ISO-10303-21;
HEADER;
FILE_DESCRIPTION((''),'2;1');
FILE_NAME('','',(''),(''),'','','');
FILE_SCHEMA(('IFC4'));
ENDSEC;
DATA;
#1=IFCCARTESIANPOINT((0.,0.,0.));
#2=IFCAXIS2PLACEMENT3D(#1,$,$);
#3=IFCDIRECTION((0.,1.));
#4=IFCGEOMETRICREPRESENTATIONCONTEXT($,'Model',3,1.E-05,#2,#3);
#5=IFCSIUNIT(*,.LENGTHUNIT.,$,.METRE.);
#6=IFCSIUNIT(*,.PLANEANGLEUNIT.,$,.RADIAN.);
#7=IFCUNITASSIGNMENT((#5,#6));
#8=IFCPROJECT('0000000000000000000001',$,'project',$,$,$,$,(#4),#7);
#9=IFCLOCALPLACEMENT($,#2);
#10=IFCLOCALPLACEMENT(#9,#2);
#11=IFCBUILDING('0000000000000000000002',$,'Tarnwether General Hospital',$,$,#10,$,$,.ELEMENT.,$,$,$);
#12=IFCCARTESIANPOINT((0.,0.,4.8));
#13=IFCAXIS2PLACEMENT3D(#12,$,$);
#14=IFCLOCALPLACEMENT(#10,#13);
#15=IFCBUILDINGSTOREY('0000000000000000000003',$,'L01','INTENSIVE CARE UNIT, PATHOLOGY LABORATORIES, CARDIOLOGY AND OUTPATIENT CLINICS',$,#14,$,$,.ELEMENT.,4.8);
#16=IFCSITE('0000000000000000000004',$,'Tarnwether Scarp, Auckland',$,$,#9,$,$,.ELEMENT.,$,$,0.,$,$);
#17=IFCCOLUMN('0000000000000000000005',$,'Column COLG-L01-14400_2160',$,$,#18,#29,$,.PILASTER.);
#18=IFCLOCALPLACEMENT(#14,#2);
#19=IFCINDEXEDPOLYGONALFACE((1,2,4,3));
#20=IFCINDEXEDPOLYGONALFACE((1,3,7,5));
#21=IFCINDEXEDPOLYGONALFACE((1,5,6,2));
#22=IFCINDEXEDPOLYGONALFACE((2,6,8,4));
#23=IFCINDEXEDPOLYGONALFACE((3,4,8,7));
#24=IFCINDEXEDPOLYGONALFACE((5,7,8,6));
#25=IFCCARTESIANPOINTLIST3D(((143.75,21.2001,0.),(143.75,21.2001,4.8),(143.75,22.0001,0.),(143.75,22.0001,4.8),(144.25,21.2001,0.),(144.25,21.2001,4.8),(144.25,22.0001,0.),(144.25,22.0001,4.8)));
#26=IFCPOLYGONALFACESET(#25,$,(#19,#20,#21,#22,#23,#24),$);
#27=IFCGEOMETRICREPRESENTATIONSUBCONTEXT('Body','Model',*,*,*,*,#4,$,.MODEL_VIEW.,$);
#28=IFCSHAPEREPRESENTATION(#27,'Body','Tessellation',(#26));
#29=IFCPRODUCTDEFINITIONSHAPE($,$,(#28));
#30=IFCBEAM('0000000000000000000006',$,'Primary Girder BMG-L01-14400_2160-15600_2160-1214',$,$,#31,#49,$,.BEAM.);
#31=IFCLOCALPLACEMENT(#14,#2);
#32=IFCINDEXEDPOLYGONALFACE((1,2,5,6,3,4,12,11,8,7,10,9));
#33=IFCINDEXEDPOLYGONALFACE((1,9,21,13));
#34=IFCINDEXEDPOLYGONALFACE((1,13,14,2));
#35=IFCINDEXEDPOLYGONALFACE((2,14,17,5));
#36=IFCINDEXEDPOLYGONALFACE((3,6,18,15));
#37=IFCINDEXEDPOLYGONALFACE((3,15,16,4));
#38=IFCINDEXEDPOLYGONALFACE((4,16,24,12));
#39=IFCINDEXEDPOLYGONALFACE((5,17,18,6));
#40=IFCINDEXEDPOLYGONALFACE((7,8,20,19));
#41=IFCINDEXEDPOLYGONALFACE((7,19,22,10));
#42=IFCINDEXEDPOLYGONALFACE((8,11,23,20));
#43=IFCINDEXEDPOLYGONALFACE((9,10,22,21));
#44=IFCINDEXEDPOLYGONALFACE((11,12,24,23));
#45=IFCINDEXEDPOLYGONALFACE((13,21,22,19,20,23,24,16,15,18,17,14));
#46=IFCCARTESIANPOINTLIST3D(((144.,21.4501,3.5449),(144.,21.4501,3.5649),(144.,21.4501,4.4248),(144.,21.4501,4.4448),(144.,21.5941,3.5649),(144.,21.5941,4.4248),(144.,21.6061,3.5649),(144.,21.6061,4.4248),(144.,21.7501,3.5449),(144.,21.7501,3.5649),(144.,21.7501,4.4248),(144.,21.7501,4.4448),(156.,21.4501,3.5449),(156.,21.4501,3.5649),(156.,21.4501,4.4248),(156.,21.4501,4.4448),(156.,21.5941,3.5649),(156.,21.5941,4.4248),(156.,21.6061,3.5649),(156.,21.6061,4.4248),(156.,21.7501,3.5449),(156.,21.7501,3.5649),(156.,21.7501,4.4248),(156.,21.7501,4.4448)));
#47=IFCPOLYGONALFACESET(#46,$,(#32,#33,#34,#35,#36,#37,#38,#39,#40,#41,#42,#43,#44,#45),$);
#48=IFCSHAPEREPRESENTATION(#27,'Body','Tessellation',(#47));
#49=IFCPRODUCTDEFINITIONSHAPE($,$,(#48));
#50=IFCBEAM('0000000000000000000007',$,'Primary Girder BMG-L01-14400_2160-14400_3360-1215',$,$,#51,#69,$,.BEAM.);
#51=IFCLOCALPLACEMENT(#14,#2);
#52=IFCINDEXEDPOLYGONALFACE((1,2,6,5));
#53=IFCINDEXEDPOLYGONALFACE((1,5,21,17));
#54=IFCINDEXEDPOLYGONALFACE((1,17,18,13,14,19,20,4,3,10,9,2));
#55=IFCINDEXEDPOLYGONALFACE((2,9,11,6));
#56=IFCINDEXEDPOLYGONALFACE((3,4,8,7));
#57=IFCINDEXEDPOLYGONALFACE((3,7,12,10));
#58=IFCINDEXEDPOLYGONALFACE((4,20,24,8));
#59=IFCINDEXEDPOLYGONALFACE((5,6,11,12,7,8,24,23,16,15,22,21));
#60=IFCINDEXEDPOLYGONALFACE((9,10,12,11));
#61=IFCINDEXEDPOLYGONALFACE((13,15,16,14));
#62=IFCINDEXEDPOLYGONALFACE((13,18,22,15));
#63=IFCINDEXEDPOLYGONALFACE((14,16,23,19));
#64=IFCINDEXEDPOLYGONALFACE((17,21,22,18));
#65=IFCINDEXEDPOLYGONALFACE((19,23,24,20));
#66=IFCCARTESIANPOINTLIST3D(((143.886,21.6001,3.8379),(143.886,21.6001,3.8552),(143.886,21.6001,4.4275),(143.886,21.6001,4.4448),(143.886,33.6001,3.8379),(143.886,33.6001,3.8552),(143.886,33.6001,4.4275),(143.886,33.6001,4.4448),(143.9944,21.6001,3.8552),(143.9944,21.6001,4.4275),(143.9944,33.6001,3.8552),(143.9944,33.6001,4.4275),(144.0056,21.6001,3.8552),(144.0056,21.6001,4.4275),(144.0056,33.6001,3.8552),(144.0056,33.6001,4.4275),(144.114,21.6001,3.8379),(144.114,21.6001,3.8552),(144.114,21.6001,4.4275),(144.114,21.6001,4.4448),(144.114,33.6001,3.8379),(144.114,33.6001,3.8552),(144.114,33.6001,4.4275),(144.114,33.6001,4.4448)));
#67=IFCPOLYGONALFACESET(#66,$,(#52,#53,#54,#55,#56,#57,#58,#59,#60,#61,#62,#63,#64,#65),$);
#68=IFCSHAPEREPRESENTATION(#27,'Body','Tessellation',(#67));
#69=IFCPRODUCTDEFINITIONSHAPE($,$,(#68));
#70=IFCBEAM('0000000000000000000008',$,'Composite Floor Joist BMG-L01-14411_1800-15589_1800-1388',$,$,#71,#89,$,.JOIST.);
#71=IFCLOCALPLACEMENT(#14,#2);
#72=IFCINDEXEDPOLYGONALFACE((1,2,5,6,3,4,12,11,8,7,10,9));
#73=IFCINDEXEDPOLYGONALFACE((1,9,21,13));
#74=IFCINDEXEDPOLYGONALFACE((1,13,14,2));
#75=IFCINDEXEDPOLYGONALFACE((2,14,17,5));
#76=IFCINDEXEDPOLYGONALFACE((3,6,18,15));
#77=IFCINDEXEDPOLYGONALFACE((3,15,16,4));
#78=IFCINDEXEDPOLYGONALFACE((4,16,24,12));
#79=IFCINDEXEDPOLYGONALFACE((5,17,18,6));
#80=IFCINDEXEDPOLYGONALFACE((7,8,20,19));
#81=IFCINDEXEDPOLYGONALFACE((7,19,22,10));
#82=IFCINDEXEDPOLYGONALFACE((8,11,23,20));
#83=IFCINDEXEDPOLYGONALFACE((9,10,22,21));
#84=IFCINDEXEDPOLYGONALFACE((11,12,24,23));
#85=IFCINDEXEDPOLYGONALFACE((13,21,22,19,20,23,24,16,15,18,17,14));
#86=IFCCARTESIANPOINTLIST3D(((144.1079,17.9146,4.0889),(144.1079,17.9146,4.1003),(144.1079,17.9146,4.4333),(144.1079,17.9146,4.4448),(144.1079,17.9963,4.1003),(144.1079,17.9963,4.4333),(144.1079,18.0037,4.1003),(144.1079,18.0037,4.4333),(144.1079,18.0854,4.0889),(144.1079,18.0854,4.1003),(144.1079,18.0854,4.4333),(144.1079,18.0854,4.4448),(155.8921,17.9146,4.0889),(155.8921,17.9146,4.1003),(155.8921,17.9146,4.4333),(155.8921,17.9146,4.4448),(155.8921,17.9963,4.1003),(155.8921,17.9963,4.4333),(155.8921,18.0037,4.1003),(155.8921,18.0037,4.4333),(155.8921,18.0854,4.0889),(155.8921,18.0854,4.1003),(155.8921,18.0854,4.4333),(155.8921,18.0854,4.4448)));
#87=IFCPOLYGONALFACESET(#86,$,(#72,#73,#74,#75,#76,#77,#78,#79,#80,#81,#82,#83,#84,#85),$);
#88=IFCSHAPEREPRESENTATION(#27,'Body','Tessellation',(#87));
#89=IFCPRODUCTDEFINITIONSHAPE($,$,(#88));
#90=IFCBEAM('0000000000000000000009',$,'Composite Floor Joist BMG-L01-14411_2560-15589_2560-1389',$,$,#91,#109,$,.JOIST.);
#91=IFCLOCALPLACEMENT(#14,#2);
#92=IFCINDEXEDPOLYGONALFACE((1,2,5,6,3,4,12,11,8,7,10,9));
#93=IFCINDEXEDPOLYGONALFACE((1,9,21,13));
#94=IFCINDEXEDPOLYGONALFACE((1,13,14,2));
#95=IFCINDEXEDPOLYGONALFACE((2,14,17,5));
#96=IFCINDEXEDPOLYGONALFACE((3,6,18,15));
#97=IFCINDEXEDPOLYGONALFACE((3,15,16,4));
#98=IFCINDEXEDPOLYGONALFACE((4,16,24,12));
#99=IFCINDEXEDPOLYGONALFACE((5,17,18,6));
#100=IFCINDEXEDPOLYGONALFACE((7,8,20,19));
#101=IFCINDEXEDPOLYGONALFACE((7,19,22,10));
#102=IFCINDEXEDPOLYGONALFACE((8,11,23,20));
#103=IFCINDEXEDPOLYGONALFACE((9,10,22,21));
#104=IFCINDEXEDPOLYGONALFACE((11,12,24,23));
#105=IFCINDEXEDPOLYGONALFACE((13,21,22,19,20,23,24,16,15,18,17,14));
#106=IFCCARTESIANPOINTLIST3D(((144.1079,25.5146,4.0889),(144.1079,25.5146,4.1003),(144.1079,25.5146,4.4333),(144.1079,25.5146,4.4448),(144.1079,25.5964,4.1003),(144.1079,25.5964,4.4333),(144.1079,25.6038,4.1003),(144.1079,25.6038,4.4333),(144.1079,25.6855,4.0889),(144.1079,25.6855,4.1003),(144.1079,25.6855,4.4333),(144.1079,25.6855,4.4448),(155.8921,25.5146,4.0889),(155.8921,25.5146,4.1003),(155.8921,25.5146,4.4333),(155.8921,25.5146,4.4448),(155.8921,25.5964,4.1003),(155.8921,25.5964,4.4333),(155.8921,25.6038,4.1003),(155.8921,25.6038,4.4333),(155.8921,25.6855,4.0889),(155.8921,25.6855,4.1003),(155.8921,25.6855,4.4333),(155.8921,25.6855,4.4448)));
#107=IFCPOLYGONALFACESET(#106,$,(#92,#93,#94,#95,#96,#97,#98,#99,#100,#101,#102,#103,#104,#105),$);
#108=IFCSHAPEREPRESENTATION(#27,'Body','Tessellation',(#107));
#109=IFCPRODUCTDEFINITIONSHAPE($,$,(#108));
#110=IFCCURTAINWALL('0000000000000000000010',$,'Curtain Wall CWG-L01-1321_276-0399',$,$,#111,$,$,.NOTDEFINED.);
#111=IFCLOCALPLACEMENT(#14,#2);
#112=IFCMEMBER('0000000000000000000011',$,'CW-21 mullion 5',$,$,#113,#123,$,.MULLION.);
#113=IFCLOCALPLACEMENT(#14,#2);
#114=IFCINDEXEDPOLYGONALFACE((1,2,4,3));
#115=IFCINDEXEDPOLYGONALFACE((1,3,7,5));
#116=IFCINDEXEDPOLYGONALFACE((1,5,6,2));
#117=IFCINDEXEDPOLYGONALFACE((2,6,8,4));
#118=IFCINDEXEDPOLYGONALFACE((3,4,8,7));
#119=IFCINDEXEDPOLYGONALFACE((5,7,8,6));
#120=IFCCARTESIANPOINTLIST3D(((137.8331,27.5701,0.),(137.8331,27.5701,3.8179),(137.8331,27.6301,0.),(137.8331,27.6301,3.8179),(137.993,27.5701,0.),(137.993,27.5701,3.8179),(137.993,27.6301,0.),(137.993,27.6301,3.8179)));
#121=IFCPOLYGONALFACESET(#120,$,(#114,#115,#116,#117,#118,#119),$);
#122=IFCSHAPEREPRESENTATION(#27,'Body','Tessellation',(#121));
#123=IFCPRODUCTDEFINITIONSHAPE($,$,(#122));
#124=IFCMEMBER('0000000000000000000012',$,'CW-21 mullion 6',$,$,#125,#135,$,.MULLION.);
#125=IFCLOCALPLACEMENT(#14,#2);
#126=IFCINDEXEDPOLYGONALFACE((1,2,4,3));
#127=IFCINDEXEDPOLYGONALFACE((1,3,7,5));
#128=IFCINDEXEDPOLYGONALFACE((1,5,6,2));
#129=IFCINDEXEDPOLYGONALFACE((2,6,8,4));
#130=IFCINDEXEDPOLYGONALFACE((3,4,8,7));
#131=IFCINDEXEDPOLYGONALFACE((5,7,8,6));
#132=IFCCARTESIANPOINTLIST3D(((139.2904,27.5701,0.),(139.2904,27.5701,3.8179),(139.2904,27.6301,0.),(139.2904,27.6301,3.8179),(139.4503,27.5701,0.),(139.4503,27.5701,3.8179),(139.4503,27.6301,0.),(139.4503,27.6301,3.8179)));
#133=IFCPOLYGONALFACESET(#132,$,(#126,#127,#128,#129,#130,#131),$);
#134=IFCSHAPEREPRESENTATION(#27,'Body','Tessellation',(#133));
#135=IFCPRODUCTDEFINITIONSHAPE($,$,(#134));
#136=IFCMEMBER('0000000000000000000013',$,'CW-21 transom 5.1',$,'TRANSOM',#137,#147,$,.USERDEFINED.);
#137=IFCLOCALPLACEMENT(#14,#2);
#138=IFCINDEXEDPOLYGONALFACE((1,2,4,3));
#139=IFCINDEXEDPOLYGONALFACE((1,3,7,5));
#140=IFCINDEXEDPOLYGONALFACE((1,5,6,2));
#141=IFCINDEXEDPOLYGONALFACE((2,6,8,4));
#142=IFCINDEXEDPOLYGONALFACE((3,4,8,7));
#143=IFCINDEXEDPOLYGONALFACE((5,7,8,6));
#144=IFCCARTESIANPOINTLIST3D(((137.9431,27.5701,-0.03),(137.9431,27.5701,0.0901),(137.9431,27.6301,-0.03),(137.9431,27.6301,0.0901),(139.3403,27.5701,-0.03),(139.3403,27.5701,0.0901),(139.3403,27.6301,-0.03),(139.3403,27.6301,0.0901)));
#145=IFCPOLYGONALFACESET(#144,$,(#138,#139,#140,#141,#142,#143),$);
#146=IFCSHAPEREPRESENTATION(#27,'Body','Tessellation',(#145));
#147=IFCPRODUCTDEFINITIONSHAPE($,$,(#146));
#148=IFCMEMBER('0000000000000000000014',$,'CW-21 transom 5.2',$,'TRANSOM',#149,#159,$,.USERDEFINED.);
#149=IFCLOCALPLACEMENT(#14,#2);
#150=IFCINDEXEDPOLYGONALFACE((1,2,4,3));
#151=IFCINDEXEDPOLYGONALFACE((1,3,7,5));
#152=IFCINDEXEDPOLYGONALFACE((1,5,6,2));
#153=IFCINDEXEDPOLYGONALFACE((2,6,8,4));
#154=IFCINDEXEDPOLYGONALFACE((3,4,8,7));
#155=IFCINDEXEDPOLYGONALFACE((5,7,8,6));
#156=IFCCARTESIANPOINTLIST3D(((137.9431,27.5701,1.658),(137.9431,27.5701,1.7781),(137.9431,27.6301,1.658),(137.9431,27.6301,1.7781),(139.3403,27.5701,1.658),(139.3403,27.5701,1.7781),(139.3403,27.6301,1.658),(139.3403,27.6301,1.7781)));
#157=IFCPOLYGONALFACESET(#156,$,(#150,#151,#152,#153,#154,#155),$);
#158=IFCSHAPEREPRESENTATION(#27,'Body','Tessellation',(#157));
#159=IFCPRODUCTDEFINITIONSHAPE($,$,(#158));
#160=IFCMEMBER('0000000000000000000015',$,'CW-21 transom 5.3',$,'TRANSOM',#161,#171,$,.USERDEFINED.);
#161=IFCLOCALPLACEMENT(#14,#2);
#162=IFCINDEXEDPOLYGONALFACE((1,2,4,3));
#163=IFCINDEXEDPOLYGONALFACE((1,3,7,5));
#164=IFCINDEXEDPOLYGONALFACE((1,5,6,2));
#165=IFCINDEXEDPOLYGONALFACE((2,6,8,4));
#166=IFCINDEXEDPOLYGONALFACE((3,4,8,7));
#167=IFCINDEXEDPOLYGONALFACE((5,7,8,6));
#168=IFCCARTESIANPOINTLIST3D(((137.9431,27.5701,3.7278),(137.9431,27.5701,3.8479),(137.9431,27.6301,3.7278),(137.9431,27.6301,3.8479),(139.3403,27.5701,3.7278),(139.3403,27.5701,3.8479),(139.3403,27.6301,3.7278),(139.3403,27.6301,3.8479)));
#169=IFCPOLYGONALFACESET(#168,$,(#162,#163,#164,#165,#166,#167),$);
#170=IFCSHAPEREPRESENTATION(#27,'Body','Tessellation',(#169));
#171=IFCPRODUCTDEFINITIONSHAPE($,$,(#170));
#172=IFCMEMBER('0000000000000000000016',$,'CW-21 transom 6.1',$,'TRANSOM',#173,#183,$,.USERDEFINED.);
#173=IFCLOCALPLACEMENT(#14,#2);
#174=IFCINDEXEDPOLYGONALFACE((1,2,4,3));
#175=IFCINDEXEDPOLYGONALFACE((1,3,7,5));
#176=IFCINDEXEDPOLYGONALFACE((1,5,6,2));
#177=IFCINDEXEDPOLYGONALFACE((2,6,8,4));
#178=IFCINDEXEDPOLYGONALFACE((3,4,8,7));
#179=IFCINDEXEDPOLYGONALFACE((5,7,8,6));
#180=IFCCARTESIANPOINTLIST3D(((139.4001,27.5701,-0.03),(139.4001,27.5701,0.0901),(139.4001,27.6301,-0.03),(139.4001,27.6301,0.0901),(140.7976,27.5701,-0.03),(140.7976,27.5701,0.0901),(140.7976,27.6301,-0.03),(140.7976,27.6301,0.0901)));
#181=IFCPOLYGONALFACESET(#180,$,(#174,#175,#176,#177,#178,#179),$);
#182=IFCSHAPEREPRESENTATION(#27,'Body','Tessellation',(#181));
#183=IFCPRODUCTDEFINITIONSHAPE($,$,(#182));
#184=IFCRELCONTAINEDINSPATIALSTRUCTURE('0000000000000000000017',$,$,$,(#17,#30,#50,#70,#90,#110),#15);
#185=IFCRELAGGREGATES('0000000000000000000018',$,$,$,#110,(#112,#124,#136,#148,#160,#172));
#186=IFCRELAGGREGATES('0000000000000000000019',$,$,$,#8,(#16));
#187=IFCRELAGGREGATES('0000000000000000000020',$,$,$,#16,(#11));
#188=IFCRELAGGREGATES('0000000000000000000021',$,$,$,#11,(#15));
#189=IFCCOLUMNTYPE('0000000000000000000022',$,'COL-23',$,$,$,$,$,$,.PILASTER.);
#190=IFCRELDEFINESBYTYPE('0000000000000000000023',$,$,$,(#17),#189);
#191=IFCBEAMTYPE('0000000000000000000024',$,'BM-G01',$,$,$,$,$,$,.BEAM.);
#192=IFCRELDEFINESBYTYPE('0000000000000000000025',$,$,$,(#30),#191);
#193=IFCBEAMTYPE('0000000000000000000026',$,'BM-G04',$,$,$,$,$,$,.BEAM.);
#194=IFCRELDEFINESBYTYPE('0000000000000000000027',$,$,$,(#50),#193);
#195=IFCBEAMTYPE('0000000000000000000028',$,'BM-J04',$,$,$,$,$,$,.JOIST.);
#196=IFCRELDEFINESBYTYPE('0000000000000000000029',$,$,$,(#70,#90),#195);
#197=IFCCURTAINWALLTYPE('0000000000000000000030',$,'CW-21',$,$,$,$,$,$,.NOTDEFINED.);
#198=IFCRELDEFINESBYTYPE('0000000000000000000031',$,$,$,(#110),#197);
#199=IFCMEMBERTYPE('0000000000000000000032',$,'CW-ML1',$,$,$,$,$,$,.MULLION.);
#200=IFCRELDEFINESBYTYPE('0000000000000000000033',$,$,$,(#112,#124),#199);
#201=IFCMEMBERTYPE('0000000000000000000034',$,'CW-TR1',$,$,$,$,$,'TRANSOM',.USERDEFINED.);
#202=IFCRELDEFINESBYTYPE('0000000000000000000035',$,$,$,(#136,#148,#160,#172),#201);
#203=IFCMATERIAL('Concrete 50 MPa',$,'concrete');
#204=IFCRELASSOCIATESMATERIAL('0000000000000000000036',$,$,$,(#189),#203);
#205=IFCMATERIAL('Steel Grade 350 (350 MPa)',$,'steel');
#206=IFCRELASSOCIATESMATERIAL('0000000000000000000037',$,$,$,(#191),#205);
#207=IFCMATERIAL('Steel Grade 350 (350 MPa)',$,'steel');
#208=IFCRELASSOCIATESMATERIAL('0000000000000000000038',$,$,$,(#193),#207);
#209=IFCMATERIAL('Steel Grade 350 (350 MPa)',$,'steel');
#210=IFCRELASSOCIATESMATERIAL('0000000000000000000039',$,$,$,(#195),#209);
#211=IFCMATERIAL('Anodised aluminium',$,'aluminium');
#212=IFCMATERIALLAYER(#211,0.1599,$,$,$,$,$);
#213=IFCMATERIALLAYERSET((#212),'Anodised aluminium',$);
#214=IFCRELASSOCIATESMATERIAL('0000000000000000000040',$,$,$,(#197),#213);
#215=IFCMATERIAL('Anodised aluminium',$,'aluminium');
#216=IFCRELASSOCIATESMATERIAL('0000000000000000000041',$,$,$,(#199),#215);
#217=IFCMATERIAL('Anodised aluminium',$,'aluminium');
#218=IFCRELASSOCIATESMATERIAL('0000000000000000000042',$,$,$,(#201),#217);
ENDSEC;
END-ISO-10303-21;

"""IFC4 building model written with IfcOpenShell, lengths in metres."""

from ifc_helpers import new_model, si_unit, direction, frame, origin, origin_2d, place, context, subcontext, project, spatial, rectangle, i_section, extrude, material, layer, layer_set, material_profile, profile_set, type_object, element, aggregate, save


model = new_model("IFC4")

# Units and contexts
model_context = context("Model", 3, precision=1e-05, world=origin(), true_north=direction((0.0, 1.0)))
body_context = subcontext(model_context, "Body", "Model", "MODEL_VIEW")
ifc_project = project(units=[si_unit("LENGTHUNIT", "METRE"), si_unit("PLANEANGLEUNIT", "RADIAN")], contexts=[model_context])

# Site, building, storey
site_placement = place(None, origin())
site = spatial("IfcSite", under=ifc_project, at=site_placement, Name="Tarnwether Scarp, Auckland", CompositionType="ELEMENT", RefElevation=0.0)
building_placement = place(site_placement, origin())
building = spatial("IfcBuilding", under=site, at=building_placement, Name="Tarnwether General Hospital", CompositionType="ELEMENT")
storey_placement = place(building_placement, frame((0.0, 0.0, 4.8)))
storey = spatial("IfcBuildingStorey", under=building, at=storey_placement, Name="L01", Description="INTENSIVE CARE UNIT, PATHOLOGY LABORATORIES, CARDIOLOGY AND OUTPATIENT CLINICS", CompositionType="ELEMENT", Elevation=4.8)

# Column
ifc_material_1 = material(Name="Concrete 50 MPa", Category="concrete")
ifc_material_profile_1 = material_profile(ifc_material_1, rectangle(XDim=0.5, YDim=0.8, at=origin_2d()), Name="RC-PIL-500x800")
ifc_profile_set_1 = profile_set([ifc_material_profile_1], Name="Concrete 50 MPa")
column_type = type_object("IfcColumnType", Name="COL-23", PredefinedType="PILASTER", material=ifc_profile_set_1)
column_placement = place(storey_placement, frame((144.0, 21.6001, 0.0), z_axis=(0.0, 0.0, 1.0), x_axis=(1.0, 0.0, 0.0)))
element("IfcColumn", 1, at=column_placement, inside=storey, type_object=column_type, Name="Column COLG-L01-14400_2160", PredefinedType="PILASTER", context=body_context, shape_type="SweptSolid", body=[
    extrude(rectangle(XDim=0.5, YDim=0.8, at=origin_2d()), origin(), (0.0, 0.0, 1.0), 4.8),
])

# Beams
ifc_material_2 = material(Name="Steel Grade 350 (350 MPa)", Category="steel")
ifc_material_profile_2 = material_profile(ifc_material_2, i_section(OverallWidth=0.3, OverallDepth=0.8999, WebThickness=0.012, FlangeThickness=0.02, at=origin_2d()), Name="900WB175")
ifc_profile_set_2 = profile_set([ifc_material_profile_2], Name="Steel Grade 350 (350 MPa)")
beam_type_1 = type_object("IfcBeamType", Name="BM-G01", PredefinedType="BEAM", material=ifc_profile_set_2)
beam_1_placement = place(storey_placement, frame((144.0, 21.6001, 3.9949), z_axis=(1.0, 0.0, 0.0), x_axis=(0.0, 1.0, 0.0)))
element("IfcBeam", 2, at=beam_1_placement, inside=storey, type_object=beam_type_1, Name="Primary Girder BMG-L01-14400_2160-15600_2160-1214", PredefinedType="BEAM", context=body_context, shape_type="SweptSolid", body=[
    extrude(i_section(OverallWidth=0.3, OverallDepth=0.8999, WebThickness=0.012, FlangeThickness=0.02, at=origin_2d()), origin(), (0.0, 0.0, 1.0), 12.0),
])
ifc_material_3 = material(Name="Steel Grade 350 (350 MPa)", Category="steel")
ifc_material_profile_3 = material_profile(ifc_material_3, i_section(OverallWidth=0.228, OverallDepth=0.6069, WebThickness=0.0112, FlangeThickness=0.0173, at=origin_2d()), Name="610UB113")
ifc_profile_set_3 = profile_set([ifc_material_profile_3], Name="Steel Grade 350 (350 MPa)")
beam_type_2 = type_object("IfcBeamType", Name="BM-G04", PredefinedType="BEAM", material=ifc_profile_set_3)
beam_2_placement = place(storey_placement, frame((144.0, 21.6001, 4.1414), z_axis=(0.0, 1.0, 0.0), x_axis=(-1.0, 0.0, 0.0)))
element("IfcBeam", 3, at=beam_2_placement, inside=storey, type_object=beam_type_2, Name="Primary Girder BMG-L01-14400_2160-14400_3360-1215", PredefinedType="BEAM", context=body_context, shape_type="SweptSolid", body=[
    extrude(i_section(OverallWidth=0.228, OverallDepth=0.6069, WebThickness=0.0112, FlangeThickness=0.0173, at=origin_2d()), origin(), (0.0, 0.0, 1.0), 12.0),
])
ifc_material_4 = material(Name="Steel Grade 350 (350 MPa)", Category="steel")
ifc_material_profile_4 = material_profile(ifc_material_4, i_section(OverallWidth=0.1709, OverallDepth=0.356, WebThickness=0.0073, FlangeThickness=0.0115, at=origin_2d()), Name="360UB50.7")
ifc_profile_set_4 = profile_set([ifc_material_profile_4], Name="Steel Grade 350 (350 MPa)")
beam_type_3 = type_object("IfcBeamType", Name="BM-J04", PredefinedType="JOIST", material=ifc_profile_set_4)
for number, where, z_axis, x_axis, name in (
    (4, (144.1079, 18.0, 4.2668), (1.0, 0.0, 0.0), (0.0, 1.0, 0.0), "Composite Floor Joist BMG-L01-14411_1800-15589_1800-1388"),
    (5, (144.1079, 25.6001, 4.2668), (1.0, 0.0, 0.0), (0.0, 1.0, 0.0), "Composite Floor Joist BMG-L01-14411_2560-15589_2560-1389"),
):
    element("IfcBeam", number, at=place(storey_placement, frame(where, z_axis=z_axis, x_axis=x_axis)), inside=storey, type_object=beam_type_3, Name=name, PredefinedType="JOIST", context=body_context, shape_type="SweptSolid", body=[
        extrude(i_section(OverallWidth=0.1709, OverallDepth=0.356, WebThickness=0.0073, FlangeThickness=0.0115, at=origin_2d()), origin(), (0.0, 0.0, 1.0), 11.7842),
    ])

# Curtain wall, members
ifc_material_5 = material(Name="Anodised aluminium", Category="aluminium")
ifc_layer_1 = layer(ifc_material_5, 0.1599)
ifc_layer_set_1 = layer_set([ifc_layer_1], Name="Anodised aluminium")
curtain_wall_type = type_object("IfcCurtainWallType", Name="CW-21", PredefinedType="NOTDEFINED", material=ifc_layer_set_1)
curtain_wall_placement = place(storey_placement, origin())
curtain_wall = element("IfcCurtainWall", 6, at=curtain_wall_placement, inside=storey, type_object=curtain_wall_type, Name="Curtain Wall CWG-L01-1321_276-0399", PredefinedType="NOTDEFINED")
ifc_material_6 = material(Name="Anodised aluminium", Category="aluminium")
ifc_material_profile_5 = material_profile(ifc_material_6, rectangle(XDim=0.0601, YDim=0.1599, at=origin_2d()), Name="ALU-MUL-60x160")
ifc_profile_set_5 = profile_set([ifc_material_profile_5], Name="Anodised aluminium")
member_type_1 = type_object("IfcMemberType", Name="CW-ML1", PredefinedType="MULLION", material=ifc_profile_set_5)
member_1_placement = place(storey_placement, frame((137.9131, 27.6001, 0.0), z_axis=(0.0, 0.0, 1.0), x_axis=(0.0, 1.0, 0.0)))
member_1 = element("IfcMember", 7, at=member_1_placement, type_object=member_type_1, Name="CW-21 mullion 5", PredefinedType="MULLION", context=body_context, shape_type="SweptSolid", body=[
    extrude(rectangle(XDim=0.0601, YDim=0.1599, at=origin_2d()), origin(), (0.0, 0.0, 1.0), 3.8179),
])
member_2_placement = place(storey_placement, frame((139.3704, 27.6001, 0.0), z_axis=(0.0, 0.0, 1.0), x_axis=(0.0, 1.0, 0.0)))
member_2 = element("IfcMember", 8, at=member_2_placement, type_object=member_type_1, Name="CW-21 mullion 6", PredefinedType="MULLION", context=body_context, shape_type="SweptSolid", body=[
    extrude(rectangle(XDim=0.0601, YDim=0.1599, at=origin_2d()), origin(), (0.0, 0.0, 1.0), 3.8179),
])
ifc_material_7 = material(Name="Anodised aluminium", Category="aluminium")
ifc_material_profile_6 = material_profile(ifc_material_7, rectangle(XDim=0.0601, YDim=0.1201, at=origin_2d()), Name="ALU-TRN-60x120")
ifc_profile_set_6 = profile_set([ifc_material_profile_6], Name="Anodised aluminium")
member_type_2 = type_object("IfcMemberType", Name="CW-TR1", ElementType="TRANSOM", PredefinedType="USERDEFINED", material=ifc_profile_set_6)
member_3_placement = place(storey_placement, frame((137.9431, 27.6001, 0.03), z_axis=(1.0, 0.0, 0.0), x_axis=(0.0, 1.0, 0.0)))
member_3 = element("IfcMember", 9, at=member_3_placement, type_object=member_type_2, Name="CW-21 transom 5.1", ObjectType="TRANSOM", PredefinedType="USERDEFINED", context=body_context, shape_type="SweptSolid", body=[
    extrude(rectangle(XDim=0.0601, YDim=0.1201, at=origin_2d()), origin(), (0.0, 0.0, 1.0), 1.3972),
])
member_4_placement = place(storey_placement, frame((137.9431, 27.6001, 1.718), z_axis=(1.0, 0.0, 0.0), x_axis=(0.0, 1.0, 0.0)))
member_4 = element("IfcMember", 10, at=member_4_placement, type_object=member_type_2, Name="CW-21 transom 5.2", ObjectType="TRANSOM", PredefinedType="USERDEFINED", context=body_context, shape_type="SweptSolid", body=[
    extrude(rectangle(XDim=0.0601, YDim=0.1201, at=origin_2d()), origin(), (0.0, 0.0, 1.0), 1.3972),
])
member_5_placement = place(storey_placement, frame((137.9431, 27.6001, 3.7878), z_axis=(1.0, 0.0, 0.0), x_axis=(0.0, 1.0, 0.0)))
member_5 = element("IfcMember", 11, at=member_5_placement, type_object=member_type_2, Name="CW-21 transom 5.3", ObjectType="TRANSOM", PredefinedType="USERDEFINED", context=body_context, shape_type="SweptSolid", body=[
    extrude(rectangle(XDim=0.0601, YDim=0.1201, at=origin_2d()), origin(), (0.0, 0.0, 1.0), 1.3972),
])
member_6_placement = place(storey_placement, frame((139.4001, 27.6001, 0.03), z_axis=(1.0, 0.0, 0.0), x_axis=(0.0, 1.0, 0.0)))
member_6 = element("IfcMember", 12, at=member_6_placement, type_object=member_type_2, Name="CW-21 transom 6.1", ObjectType="TRANSOM", PredefinedType="USERDEFINED", context=body_context, shape_type="SweptSolid", body=[
    extrude(rectangle(XDim=0.0601, YDim=0.1201, at=origin_2d()), origin(), (0.0, 0.0, 1.0), 1.3975),
])
aggregate(curtain_wall, [member_1, member_2, member_3, member_4, member_5, member_6])

save(model, "model.ifc")
